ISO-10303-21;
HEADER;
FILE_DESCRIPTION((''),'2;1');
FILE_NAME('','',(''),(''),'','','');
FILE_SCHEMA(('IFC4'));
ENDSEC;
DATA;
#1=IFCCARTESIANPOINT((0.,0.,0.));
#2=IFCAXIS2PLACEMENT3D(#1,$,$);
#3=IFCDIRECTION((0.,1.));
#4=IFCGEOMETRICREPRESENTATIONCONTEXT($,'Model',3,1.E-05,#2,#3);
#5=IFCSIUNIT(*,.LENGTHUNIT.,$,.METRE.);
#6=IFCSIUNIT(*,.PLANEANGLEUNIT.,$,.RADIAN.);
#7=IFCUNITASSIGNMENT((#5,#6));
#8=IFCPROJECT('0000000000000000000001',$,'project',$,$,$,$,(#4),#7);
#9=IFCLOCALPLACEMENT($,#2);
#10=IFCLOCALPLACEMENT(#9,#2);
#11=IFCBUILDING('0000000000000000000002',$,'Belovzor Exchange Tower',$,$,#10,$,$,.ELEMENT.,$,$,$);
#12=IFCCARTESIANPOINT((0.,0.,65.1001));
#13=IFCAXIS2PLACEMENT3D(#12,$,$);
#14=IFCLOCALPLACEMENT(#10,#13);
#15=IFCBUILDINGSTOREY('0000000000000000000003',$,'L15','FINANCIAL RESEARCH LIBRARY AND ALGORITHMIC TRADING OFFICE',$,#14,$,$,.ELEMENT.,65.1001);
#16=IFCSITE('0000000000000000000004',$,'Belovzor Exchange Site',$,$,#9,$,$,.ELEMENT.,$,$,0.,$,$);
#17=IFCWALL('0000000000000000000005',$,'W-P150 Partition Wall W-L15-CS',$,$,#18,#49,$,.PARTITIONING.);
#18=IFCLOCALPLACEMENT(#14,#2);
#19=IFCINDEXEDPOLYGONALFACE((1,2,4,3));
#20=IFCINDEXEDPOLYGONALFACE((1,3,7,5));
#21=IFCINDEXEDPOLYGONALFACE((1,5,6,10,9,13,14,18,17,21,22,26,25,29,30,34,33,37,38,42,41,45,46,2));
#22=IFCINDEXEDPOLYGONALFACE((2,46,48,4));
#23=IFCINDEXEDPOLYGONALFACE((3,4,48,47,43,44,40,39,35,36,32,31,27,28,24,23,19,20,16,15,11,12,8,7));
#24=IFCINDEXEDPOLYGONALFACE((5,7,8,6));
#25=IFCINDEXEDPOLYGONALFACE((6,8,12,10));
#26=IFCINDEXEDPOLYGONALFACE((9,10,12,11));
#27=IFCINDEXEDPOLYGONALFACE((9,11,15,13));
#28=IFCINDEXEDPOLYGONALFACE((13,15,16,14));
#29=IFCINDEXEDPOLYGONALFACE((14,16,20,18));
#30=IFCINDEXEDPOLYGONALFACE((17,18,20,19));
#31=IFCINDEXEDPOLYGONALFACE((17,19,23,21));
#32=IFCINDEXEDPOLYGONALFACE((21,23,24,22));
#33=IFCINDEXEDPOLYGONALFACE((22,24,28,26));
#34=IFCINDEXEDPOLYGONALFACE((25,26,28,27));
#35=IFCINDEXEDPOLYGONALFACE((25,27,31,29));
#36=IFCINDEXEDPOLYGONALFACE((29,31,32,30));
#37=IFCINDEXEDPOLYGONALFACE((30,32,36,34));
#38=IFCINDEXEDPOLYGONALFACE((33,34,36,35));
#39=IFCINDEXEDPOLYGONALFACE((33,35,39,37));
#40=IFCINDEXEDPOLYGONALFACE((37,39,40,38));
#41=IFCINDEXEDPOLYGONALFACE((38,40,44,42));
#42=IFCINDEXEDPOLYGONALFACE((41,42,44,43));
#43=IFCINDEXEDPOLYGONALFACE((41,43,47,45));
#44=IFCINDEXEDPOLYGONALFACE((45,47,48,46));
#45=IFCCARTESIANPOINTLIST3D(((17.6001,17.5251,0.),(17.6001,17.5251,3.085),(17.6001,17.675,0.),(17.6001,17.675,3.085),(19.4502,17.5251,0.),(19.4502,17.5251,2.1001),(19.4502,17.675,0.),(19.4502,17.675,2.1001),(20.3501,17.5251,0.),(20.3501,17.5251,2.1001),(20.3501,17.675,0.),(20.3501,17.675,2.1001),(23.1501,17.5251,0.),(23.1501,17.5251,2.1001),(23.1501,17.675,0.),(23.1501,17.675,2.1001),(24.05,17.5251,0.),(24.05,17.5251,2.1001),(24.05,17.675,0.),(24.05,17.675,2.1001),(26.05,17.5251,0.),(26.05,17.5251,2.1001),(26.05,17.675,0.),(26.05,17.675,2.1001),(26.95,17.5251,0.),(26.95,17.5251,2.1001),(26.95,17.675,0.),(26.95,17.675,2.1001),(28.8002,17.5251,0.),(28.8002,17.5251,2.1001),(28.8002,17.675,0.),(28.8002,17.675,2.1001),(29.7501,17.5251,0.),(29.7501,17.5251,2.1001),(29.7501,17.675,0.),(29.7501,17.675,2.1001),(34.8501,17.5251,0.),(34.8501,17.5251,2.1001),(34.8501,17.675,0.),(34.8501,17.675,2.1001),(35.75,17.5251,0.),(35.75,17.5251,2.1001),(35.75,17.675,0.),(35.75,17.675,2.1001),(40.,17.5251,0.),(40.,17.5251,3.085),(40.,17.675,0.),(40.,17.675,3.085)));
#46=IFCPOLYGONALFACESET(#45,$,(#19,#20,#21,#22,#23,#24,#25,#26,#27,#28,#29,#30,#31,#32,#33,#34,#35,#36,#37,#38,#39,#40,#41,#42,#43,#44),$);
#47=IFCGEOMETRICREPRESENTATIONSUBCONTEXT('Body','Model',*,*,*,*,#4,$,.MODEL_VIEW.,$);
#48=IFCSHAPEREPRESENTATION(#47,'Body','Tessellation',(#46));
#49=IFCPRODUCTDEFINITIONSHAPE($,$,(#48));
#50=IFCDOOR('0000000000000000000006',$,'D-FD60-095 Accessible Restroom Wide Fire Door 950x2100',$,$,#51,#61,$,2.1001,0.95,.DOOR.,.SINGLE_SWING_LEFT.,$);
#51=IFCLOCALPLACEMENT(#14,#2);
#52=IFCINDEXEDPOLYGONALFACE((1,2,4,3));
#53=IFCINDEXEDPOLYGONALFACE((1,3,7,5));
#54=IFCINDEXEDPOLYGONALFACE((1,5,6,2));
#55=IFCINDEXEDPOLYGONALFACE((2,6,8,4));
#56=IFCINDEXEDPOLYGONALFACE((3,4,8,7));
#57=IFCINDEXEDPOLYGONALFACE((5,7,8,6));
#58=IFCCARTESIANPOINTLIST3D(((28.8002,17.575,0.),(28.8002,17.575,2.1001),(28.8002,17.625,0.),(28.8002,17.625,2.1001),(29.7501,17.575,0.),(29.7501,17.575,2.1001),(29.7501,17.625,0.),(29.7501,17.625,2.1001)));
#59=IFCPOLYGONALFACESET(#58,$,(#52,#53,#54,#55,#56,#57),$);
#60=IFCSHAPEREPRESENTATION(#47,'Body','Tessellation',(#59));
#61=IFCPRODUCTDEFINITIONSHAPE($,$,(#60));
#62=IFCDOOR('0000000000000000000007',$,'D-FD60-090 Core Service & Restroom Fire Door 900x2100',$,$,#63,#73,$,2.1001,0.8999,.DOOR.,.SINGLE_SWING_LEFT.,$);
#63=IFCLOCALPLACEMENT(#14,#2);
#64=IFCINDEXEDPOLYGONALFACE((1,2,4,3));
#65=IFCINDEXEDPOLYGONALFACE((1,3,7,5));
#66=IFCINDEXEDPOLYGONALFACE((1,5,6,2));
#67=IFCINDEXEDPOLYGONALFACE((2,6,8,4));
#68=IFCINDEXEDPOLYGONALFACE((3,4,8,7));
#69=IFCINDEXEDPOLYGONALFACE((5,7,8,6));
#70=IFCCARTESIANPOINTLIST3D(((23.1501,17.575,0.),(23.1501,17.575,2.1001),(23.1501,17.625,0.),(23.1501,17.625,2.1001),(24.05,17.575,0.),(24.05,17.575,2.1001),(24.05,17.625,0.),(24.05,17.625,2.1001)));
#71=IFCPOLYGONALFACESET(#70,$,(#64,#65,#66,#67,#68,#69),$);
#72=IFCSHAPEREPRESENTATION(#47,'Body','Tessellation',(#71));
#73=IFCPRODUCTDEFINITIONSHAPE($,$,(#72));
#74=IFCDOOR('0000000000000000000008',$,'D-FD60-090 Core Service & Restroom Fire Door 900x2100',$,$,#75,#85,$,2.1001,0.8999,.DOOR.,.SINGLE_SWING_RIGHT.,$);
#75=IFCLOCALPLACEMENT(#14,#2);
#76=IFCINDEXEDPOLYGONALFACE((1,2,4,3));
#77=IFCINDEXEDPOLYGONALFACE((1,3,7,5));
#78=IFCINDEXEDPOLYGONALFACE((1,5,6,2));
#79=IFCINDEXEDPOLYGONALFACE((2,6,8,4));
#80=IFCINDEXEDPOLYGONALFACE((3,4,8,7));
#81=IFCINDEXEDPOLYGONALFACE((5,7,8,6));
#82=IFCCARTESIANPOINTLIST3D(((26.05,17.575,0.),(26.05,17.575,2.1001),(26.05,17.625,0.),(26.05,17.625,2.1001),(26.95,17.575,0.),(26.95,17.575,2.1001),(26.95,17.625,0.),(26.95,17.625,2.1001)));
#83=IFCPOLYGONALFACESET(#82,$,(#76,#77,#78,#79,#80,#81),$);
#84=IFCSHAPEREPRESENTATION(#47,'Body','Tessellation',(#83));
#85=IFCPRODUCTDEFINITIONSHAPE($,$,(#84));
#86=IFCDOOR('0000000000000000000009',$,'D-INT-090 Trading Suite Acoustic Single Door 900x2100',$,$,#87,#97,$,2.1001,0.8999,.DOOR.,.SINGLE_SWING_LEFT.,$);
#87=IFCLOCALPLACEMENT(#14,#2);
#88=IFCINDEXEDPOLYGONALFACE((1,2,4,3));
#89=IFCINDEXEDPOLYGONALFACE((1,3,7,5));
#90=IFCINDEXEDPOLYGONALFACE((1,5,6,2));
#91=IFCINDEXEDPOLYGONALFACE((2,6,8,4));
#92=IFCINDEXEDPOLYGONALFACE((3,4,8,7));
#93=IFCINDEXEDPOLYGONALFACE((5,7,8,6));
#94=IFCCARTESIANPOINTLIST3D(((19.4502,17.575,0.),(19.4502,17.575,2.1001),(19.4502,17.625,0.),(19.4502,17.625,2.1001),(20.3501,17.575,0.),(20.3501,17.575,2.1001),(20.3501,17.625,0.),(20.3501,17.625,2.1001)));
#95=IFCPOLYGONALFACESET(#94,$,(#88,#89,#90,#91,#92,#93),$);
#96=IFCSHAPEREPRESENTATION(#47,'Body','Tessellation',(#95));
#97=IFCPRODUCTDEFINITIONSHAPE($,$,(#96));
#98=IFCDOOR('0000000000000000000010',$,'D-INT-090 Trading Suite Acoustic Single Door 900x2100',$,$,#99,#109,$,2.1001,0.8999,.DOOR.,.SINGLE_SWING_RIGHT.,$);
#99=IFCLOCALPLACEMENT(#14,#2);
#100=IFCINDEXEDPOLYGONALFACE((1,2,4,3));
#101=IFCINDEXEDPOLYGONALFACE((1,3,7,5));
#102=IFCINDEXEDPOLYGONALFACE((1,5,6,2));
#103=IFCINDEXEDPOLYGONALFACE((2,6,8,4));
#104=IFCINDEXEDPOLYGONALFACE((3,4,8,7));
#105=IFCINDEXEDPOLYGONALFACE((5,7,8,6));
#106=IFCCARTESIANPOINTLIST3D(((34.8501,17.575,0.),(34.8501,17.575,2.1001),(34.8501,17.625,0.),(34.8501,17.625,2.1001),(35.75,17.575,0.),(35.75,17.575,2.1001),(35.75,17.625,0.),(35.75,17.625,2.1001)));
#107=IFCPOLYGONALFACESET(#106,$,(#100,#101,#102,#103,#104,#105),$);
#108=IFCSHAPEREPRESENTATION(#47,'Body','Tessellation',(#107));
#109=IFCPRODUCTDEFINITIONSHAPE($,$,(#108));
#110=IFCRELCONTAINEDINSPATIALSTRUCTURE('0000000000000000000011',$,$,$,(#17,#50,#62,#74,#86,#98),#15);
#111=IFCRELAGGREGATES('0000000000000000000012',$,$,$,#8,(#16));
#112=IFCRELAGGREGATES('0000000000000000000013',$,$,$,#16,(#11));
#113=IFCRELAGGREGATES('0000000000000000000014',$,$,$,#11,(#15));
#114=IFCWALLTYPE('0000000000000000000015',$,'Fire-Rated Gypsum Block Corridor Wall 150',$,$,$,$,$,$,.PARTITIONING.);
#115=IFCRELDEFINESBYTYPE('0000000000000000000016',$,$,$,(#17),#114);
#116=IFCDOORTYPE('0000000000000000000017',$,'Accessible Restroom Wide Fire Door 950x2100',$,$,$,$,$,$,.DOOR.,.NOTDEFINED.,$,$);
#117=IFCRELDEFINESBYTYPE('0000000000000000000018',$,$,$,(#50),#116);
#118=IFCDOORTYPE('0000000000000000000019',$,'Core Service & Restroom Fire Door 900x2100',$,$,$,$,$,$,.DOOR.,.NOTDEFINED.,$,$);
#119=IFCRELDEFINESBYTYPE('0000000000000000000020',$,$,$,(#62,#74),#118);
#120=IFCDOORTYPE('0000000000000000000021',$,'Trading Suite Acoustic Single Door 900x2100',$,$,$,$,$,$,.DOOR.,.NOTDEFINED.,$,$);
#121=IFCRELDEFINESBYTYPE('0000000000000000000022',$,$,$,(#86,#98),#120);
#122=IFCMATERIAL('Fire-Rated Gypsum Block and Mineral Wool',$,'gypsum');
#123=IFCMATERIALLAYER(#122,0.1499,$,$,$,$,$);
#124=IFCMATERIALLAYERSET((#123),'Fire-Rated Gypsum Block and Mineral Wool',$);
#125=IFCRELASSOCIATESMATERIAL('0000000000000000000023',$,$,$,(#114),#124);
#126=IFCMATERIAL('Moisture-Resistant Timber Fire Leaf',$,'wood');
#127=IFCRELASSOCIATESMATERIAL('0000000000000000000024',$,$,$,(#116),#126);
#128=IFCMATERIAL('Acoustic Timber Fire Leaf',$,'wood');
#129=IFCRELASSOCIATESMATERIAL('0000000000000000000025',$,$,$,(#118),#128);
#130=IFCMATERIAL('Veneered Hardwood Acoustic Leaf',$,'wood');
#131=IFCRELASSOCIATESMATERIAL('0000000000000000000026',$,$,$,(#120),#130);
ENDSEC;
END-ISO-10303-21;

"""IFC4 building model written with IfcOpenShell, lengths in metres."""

from ifc_helpers import new_model, si_unit, direction, frame, frame_2d, origin, place, context, subcontext, project, spatial, rectangle, extrude, material, layer, layer_set, type_object, element, fill, save


model = new_model("IFC4")

# Units and contexts
model_context = context("Model", 3, precision=1e-05, world=origin(), true_north=direction((0.0, 1.0)))
body_context = subcontext(model_context, "Body", "Model", "MODEL_VIEW")
ifc_project = project(units=[si_unit("LENGTHUNIT", "METRE"), si_unit("PLANEANGLEUNIT", "RADIAN")], contexts=[model_context])

# Site, building, storey
site_placement = place(None, origin())
site = spatial("IfcSite", under=ifc_project, at=site_placement, Name="Belovzor Exchange Site", CompositionType="ELEMENT", RefElevation=0.0)
building_placement = place(site_placement, origin())
building = spatial("IfcBuilding", under=site, at=building_placement, Name="Belovzor Exchange Tower", CompositionType="ELEMENT")
storey_placement = place(building_placement, frame((0.0, 0.0, 65.1001)))
storey = spatial("IfcBuildingStorey", under=building, at=storey_placement, Name="L15", Description="FINANCIAL RESEARCH LIBRARY AND ALGORITHMIC TRADING OFFICE", CompositionType="ELEMENT", Elevation=65.1001)

# Shared definitions
ifc_material_1 = material(Name="Fire-Rated Gypsum Block and Mineral Wool", Category="gypsum")
ifc_layer_1 = layer(ifc_material_1, 0.1499)
ifc_layer_set_1 = layer_set([ifc_layer_1], Name="Fire-Rated Gypsum Block and Mineral Wool")
wall_type_1 = type_object("IfcWallType", Name="Fire-Rated Gypsum Block Corridor Wall 150", PredefinedType="PARTITIONING", material=ifc_layer_set_1)

# Wall, openings, doors
wall_1_placement = place(storey_placement, frame((17.6001, 17.6001, 0.0), z_axis=(0.0, 0.0, 1.0), x_axis=(1.0, 0.0, 0.0)))
wall_1 = element("IfcWall", 1, at=wall_1_placement, inside=storey, type_object=wall_type_1, Name="W-P150 Partition Wall W-L15-CS", PredefinedType="PARTITIONING", context=body_context, shape_type="SweptSolid", body=[
    extrude(rectangle(XDim=22.3999, YDim=0.1499, at=frame_2d((11.2, 0.0))), origin(), (0.0, 0.0, 1.0), 3.085),
])
opening_1_placement = place(wall_1_placement, frame((1.8501, 0.0, 0.0)))
opening_1 = element("IfcOpeningElement", 2, at=opening_1_placement, cuts=wall_1, PredefinedType="OPENING", context=body_context, shape_type="SweptSolid", body=[
    extrude(rectangle(XDim=0.8999, YDim=2.1001, at=frame_2d((0.45, 1.05))), frame((0.0, 0.085, 0.0), z_axis=(0.0, -1.0, 0.0), x_axis=(1.0, 0.0, 0.0)), (0.0, 0.0, 1.0), 0.1699),
])
opening_2_placement = place(wall_1_placement, frame((5.55, 0.0, 0.0)))
opening_2 = element("IfcOpeningElement", 3, at=opening_2_placement, cuts=wall_1, PredefinedType="OPENING", context=body_context, shape_type="SweptSolid", body=[
    extrude(rectangle(XDim=0.8999, YDim=2.1001, at=frame_2d((0.45, 1.05))), frame((0.0, 0.085, 0.0), z_axis=(0.0, -1.0, 0.0), x_axis=(1.0, 0.0, 0.0)), (0.0, 0.0, 1.0), 0.1699),
])
opening_3_placement = place(wall_1_placement, frame((8.45, 0.0, 0.0)))
opening_3 = element("IfcOpeningElement", 4, at=opening_3_placement, cuts=wall_1, PredefinedType="OPENING", context=body_context, shape_type="SweptSolid", body=[
    extrude(rectangle(XDim=0.8999, YDim=2.1001, at=frame_2d((0.45, 1.05))), frame((0.0, 0.085, 0.0), z_axis=(0.0, -1.0, 0.0), x_axis=(1.0, 0.0, 0.0)), (0.0, 0.0, 1.0), 0.1699),
])
opening_4_placement = place(wall_1_placement, frame((11.2, 0.0, 0.0)))
opening_4 = element("IfcOpeningElement", 5, at=opening_4_placement, cuts=wall_1, PredefinedType="OPENING", context=body_context, shape_type="SweptSolid", body=[
    extrude(rectangle(XDim=0.95, YDim=2.1001, at=frame_2d((0.4751, 1.05))), frame((0.0, 0.085, 0.0), z_axis=(0.0, -1.0, 0.0), x_axis=(1.0, 0.0, 0.0)), (0.0, 0.0, 1.0), 0.1699),
])
opening_5_placement = place(wall_1_placement, frame((17.25, 0.0, 0.0)))
opening_5 = element("IfcOpeningElement", 6, at=opening_5_placement, cuts=wall_1, PredefinedType="OPENING", context=body_context, shape_type="SweptSolid", body=[
    extrude(rectangle(XDim=0.8999, YDim=2.1001, at=frame_2d((0.45, 1.05))), frame((0.0, 0.085, 0.0), z_axis=(0.0, -1.0, 0.0), x_axis=(1.0, 0.0, 0.0)), (0.0, 0.0, 1.0), 0.1699),
])
ifc_material_2 = material(Name="Moisture-Resistant Timber Fire Leaf", Category="wood")
door_type_1 = type_object("IfcDoorType", Name="Accessible Restroom Wide Fire Door 950x2100", OperationType="NOTDEFINED", PredefinedType="DOOR", material=ifc_material_2)
door_1_placement = place(opening_4_placement, origin())
door_1 = element("IfcDoor", 7, at=door_1_placement, inside=storey, type_object=door_type_1, Name="D-FD60-095 Accessible Restroom Wide Fire Door 950x2100", OperationType="SINGLE_SWING_LEFT", OverallHeight=2.1001, OverallWidth=0.95, PredefinedType="DOOR", context=body_context, shape_type="SweptSolid", body=[
    extrude(rectangle(XDim=0.95, YDim=2.1001, at=frame_2d((0.4751, 1.05))), frame((0.0, 0.0249, 0.0), z_axis=(0.0, -1.0, 0.0), x_axis=(1.0, 0.0, 0.0)), (0.0, 0.0, 1.0), 0.05),
])
fill(opening_4, door_1)
ifc_material_3 = material(Name="Acoustic Timber Fire Leaf", Category="wood")
door_type_2 = type_object("IfcDoorType", Name="Core Service & Restroom Fire Door 900x2100", OperationType="NOTDEFINED", PredefinedType="DOOR", material=ifc_material_3)
door_2_placement = place(opening_2_placement, origin())
door_2 = element("IfcDoor", 8, at=door_2_placement, inside=storey, type_object=door_type_2, Name="D-FD60-090 Core Service & Restroom Fire Door 900x2100", OperationType="SINGLE_SWING_LEFT", OverallHeight=2.1001, OverallWidth=0.8999, PredefinedType="DOOR", context=body_context, shape_type="SweptSolid", body=[
    extrude(rectangle(XDim=0.8999, YDim=2.1001, at=frame_2d((0.45, 1.05))), frame((0.0, 0.0249, 0.0), z_axis=(0.0, -1.0, 0.0), x_axis=(1.0, 0.0, 0.0)), (0.0, 0.0, 1.0), 0.05),
])
fill(opening_2, door_2)
door_3_placement = place(opening_3_placement, origin())
door_3 = element("IfcDoor", 9, at=door_3_placement, inside=storey, type_object=door_type_2, Name="D-FD60-090 Core Service & Restroom Fire Door 900x2100", OperationType="SINGLE_SWING_RIGHT", OverallHeight=2.1001, OverallWidth=0.8999, PredefinedType="DOOR", context=body_context, shape_type="SweptSolid", body=[
    extrude(rectangle(XDim=0.8999, YDim=2.1001, at=frame_2d((0.45, 1.05))), frame((0.0, 0.0249, 0.0), z_axis=(0.0, -1.0, 0.0), x_axis=(1.0, 0.0, 0.0)), (0.0, 0.0, 1.0), 0.05),
])
fill(opening_3, door_3)
ifc_material_4 = material(Name="Veneered Hardwood Acoustic Leaf", Category="wood")
door_type_3 = type_object("IfcDoorType", Name="Trading Suite Acoustic Single Door 900x2100", OperationType="NOTDEFINED", PredefinedType="DOOR", material=ifc_material_4)
door_4_placement = place(opening_1_placement, origin())
door_4 = element("IfcDoor", 10, at=door_4_placement, inside=storey, type_object=door_type_3, Name="D-INT-090 Trading Suite Acoustic Single Door 900x2100", OperationType="SINGLE_SWING_LEFT", OverallHeight=2.1001, OverallWidth=0.8999, PredefinedType="DOOR", context=body_context, shape_type="SweptSolid", body=[
    extrude(rectangle(XDim=0.8999, YDim=2.1001, at=frame_2d((0.45, 1.05))), frame((0.0, 0.0249, 0.0), z_axis=(0.0, -1.0, 0.0), x_axis=(1.0, 0.0, 0.0)), (0.0, 0.0, 1.0), 0.05),
])
fill(opening_1, door_4)
door_5_placement = place(opening_5_placement, origin())
door_5 = element("IfcDoor", 11, at=door_5_placement, inside=storey, type_object=door_type_3, Name="D-INT-090 Trading Suite Acoustic Single Door 900x2100", OperationType="SINGLE_SWING_RIGHT", OverallHeight=2.1001, OverallWidth=0.8999, PredefinedType="DOOR", context=body_context, shape_type="SweptSolid", body=[
    extrude(rectangle(XDim=0.8999, YDim=2.1001, at=frame_2d((0.45, 1.05))), frame((0.0, 0.0249, 0.0), z_axis=(0.0, -1.0, 0.0), x_axis=(1.0, 0.0, 0.0)), (0.0, 0.0, 1.0), 0.05),
])
fill(opening_5, door_5)

save(model, "model.ifc")
